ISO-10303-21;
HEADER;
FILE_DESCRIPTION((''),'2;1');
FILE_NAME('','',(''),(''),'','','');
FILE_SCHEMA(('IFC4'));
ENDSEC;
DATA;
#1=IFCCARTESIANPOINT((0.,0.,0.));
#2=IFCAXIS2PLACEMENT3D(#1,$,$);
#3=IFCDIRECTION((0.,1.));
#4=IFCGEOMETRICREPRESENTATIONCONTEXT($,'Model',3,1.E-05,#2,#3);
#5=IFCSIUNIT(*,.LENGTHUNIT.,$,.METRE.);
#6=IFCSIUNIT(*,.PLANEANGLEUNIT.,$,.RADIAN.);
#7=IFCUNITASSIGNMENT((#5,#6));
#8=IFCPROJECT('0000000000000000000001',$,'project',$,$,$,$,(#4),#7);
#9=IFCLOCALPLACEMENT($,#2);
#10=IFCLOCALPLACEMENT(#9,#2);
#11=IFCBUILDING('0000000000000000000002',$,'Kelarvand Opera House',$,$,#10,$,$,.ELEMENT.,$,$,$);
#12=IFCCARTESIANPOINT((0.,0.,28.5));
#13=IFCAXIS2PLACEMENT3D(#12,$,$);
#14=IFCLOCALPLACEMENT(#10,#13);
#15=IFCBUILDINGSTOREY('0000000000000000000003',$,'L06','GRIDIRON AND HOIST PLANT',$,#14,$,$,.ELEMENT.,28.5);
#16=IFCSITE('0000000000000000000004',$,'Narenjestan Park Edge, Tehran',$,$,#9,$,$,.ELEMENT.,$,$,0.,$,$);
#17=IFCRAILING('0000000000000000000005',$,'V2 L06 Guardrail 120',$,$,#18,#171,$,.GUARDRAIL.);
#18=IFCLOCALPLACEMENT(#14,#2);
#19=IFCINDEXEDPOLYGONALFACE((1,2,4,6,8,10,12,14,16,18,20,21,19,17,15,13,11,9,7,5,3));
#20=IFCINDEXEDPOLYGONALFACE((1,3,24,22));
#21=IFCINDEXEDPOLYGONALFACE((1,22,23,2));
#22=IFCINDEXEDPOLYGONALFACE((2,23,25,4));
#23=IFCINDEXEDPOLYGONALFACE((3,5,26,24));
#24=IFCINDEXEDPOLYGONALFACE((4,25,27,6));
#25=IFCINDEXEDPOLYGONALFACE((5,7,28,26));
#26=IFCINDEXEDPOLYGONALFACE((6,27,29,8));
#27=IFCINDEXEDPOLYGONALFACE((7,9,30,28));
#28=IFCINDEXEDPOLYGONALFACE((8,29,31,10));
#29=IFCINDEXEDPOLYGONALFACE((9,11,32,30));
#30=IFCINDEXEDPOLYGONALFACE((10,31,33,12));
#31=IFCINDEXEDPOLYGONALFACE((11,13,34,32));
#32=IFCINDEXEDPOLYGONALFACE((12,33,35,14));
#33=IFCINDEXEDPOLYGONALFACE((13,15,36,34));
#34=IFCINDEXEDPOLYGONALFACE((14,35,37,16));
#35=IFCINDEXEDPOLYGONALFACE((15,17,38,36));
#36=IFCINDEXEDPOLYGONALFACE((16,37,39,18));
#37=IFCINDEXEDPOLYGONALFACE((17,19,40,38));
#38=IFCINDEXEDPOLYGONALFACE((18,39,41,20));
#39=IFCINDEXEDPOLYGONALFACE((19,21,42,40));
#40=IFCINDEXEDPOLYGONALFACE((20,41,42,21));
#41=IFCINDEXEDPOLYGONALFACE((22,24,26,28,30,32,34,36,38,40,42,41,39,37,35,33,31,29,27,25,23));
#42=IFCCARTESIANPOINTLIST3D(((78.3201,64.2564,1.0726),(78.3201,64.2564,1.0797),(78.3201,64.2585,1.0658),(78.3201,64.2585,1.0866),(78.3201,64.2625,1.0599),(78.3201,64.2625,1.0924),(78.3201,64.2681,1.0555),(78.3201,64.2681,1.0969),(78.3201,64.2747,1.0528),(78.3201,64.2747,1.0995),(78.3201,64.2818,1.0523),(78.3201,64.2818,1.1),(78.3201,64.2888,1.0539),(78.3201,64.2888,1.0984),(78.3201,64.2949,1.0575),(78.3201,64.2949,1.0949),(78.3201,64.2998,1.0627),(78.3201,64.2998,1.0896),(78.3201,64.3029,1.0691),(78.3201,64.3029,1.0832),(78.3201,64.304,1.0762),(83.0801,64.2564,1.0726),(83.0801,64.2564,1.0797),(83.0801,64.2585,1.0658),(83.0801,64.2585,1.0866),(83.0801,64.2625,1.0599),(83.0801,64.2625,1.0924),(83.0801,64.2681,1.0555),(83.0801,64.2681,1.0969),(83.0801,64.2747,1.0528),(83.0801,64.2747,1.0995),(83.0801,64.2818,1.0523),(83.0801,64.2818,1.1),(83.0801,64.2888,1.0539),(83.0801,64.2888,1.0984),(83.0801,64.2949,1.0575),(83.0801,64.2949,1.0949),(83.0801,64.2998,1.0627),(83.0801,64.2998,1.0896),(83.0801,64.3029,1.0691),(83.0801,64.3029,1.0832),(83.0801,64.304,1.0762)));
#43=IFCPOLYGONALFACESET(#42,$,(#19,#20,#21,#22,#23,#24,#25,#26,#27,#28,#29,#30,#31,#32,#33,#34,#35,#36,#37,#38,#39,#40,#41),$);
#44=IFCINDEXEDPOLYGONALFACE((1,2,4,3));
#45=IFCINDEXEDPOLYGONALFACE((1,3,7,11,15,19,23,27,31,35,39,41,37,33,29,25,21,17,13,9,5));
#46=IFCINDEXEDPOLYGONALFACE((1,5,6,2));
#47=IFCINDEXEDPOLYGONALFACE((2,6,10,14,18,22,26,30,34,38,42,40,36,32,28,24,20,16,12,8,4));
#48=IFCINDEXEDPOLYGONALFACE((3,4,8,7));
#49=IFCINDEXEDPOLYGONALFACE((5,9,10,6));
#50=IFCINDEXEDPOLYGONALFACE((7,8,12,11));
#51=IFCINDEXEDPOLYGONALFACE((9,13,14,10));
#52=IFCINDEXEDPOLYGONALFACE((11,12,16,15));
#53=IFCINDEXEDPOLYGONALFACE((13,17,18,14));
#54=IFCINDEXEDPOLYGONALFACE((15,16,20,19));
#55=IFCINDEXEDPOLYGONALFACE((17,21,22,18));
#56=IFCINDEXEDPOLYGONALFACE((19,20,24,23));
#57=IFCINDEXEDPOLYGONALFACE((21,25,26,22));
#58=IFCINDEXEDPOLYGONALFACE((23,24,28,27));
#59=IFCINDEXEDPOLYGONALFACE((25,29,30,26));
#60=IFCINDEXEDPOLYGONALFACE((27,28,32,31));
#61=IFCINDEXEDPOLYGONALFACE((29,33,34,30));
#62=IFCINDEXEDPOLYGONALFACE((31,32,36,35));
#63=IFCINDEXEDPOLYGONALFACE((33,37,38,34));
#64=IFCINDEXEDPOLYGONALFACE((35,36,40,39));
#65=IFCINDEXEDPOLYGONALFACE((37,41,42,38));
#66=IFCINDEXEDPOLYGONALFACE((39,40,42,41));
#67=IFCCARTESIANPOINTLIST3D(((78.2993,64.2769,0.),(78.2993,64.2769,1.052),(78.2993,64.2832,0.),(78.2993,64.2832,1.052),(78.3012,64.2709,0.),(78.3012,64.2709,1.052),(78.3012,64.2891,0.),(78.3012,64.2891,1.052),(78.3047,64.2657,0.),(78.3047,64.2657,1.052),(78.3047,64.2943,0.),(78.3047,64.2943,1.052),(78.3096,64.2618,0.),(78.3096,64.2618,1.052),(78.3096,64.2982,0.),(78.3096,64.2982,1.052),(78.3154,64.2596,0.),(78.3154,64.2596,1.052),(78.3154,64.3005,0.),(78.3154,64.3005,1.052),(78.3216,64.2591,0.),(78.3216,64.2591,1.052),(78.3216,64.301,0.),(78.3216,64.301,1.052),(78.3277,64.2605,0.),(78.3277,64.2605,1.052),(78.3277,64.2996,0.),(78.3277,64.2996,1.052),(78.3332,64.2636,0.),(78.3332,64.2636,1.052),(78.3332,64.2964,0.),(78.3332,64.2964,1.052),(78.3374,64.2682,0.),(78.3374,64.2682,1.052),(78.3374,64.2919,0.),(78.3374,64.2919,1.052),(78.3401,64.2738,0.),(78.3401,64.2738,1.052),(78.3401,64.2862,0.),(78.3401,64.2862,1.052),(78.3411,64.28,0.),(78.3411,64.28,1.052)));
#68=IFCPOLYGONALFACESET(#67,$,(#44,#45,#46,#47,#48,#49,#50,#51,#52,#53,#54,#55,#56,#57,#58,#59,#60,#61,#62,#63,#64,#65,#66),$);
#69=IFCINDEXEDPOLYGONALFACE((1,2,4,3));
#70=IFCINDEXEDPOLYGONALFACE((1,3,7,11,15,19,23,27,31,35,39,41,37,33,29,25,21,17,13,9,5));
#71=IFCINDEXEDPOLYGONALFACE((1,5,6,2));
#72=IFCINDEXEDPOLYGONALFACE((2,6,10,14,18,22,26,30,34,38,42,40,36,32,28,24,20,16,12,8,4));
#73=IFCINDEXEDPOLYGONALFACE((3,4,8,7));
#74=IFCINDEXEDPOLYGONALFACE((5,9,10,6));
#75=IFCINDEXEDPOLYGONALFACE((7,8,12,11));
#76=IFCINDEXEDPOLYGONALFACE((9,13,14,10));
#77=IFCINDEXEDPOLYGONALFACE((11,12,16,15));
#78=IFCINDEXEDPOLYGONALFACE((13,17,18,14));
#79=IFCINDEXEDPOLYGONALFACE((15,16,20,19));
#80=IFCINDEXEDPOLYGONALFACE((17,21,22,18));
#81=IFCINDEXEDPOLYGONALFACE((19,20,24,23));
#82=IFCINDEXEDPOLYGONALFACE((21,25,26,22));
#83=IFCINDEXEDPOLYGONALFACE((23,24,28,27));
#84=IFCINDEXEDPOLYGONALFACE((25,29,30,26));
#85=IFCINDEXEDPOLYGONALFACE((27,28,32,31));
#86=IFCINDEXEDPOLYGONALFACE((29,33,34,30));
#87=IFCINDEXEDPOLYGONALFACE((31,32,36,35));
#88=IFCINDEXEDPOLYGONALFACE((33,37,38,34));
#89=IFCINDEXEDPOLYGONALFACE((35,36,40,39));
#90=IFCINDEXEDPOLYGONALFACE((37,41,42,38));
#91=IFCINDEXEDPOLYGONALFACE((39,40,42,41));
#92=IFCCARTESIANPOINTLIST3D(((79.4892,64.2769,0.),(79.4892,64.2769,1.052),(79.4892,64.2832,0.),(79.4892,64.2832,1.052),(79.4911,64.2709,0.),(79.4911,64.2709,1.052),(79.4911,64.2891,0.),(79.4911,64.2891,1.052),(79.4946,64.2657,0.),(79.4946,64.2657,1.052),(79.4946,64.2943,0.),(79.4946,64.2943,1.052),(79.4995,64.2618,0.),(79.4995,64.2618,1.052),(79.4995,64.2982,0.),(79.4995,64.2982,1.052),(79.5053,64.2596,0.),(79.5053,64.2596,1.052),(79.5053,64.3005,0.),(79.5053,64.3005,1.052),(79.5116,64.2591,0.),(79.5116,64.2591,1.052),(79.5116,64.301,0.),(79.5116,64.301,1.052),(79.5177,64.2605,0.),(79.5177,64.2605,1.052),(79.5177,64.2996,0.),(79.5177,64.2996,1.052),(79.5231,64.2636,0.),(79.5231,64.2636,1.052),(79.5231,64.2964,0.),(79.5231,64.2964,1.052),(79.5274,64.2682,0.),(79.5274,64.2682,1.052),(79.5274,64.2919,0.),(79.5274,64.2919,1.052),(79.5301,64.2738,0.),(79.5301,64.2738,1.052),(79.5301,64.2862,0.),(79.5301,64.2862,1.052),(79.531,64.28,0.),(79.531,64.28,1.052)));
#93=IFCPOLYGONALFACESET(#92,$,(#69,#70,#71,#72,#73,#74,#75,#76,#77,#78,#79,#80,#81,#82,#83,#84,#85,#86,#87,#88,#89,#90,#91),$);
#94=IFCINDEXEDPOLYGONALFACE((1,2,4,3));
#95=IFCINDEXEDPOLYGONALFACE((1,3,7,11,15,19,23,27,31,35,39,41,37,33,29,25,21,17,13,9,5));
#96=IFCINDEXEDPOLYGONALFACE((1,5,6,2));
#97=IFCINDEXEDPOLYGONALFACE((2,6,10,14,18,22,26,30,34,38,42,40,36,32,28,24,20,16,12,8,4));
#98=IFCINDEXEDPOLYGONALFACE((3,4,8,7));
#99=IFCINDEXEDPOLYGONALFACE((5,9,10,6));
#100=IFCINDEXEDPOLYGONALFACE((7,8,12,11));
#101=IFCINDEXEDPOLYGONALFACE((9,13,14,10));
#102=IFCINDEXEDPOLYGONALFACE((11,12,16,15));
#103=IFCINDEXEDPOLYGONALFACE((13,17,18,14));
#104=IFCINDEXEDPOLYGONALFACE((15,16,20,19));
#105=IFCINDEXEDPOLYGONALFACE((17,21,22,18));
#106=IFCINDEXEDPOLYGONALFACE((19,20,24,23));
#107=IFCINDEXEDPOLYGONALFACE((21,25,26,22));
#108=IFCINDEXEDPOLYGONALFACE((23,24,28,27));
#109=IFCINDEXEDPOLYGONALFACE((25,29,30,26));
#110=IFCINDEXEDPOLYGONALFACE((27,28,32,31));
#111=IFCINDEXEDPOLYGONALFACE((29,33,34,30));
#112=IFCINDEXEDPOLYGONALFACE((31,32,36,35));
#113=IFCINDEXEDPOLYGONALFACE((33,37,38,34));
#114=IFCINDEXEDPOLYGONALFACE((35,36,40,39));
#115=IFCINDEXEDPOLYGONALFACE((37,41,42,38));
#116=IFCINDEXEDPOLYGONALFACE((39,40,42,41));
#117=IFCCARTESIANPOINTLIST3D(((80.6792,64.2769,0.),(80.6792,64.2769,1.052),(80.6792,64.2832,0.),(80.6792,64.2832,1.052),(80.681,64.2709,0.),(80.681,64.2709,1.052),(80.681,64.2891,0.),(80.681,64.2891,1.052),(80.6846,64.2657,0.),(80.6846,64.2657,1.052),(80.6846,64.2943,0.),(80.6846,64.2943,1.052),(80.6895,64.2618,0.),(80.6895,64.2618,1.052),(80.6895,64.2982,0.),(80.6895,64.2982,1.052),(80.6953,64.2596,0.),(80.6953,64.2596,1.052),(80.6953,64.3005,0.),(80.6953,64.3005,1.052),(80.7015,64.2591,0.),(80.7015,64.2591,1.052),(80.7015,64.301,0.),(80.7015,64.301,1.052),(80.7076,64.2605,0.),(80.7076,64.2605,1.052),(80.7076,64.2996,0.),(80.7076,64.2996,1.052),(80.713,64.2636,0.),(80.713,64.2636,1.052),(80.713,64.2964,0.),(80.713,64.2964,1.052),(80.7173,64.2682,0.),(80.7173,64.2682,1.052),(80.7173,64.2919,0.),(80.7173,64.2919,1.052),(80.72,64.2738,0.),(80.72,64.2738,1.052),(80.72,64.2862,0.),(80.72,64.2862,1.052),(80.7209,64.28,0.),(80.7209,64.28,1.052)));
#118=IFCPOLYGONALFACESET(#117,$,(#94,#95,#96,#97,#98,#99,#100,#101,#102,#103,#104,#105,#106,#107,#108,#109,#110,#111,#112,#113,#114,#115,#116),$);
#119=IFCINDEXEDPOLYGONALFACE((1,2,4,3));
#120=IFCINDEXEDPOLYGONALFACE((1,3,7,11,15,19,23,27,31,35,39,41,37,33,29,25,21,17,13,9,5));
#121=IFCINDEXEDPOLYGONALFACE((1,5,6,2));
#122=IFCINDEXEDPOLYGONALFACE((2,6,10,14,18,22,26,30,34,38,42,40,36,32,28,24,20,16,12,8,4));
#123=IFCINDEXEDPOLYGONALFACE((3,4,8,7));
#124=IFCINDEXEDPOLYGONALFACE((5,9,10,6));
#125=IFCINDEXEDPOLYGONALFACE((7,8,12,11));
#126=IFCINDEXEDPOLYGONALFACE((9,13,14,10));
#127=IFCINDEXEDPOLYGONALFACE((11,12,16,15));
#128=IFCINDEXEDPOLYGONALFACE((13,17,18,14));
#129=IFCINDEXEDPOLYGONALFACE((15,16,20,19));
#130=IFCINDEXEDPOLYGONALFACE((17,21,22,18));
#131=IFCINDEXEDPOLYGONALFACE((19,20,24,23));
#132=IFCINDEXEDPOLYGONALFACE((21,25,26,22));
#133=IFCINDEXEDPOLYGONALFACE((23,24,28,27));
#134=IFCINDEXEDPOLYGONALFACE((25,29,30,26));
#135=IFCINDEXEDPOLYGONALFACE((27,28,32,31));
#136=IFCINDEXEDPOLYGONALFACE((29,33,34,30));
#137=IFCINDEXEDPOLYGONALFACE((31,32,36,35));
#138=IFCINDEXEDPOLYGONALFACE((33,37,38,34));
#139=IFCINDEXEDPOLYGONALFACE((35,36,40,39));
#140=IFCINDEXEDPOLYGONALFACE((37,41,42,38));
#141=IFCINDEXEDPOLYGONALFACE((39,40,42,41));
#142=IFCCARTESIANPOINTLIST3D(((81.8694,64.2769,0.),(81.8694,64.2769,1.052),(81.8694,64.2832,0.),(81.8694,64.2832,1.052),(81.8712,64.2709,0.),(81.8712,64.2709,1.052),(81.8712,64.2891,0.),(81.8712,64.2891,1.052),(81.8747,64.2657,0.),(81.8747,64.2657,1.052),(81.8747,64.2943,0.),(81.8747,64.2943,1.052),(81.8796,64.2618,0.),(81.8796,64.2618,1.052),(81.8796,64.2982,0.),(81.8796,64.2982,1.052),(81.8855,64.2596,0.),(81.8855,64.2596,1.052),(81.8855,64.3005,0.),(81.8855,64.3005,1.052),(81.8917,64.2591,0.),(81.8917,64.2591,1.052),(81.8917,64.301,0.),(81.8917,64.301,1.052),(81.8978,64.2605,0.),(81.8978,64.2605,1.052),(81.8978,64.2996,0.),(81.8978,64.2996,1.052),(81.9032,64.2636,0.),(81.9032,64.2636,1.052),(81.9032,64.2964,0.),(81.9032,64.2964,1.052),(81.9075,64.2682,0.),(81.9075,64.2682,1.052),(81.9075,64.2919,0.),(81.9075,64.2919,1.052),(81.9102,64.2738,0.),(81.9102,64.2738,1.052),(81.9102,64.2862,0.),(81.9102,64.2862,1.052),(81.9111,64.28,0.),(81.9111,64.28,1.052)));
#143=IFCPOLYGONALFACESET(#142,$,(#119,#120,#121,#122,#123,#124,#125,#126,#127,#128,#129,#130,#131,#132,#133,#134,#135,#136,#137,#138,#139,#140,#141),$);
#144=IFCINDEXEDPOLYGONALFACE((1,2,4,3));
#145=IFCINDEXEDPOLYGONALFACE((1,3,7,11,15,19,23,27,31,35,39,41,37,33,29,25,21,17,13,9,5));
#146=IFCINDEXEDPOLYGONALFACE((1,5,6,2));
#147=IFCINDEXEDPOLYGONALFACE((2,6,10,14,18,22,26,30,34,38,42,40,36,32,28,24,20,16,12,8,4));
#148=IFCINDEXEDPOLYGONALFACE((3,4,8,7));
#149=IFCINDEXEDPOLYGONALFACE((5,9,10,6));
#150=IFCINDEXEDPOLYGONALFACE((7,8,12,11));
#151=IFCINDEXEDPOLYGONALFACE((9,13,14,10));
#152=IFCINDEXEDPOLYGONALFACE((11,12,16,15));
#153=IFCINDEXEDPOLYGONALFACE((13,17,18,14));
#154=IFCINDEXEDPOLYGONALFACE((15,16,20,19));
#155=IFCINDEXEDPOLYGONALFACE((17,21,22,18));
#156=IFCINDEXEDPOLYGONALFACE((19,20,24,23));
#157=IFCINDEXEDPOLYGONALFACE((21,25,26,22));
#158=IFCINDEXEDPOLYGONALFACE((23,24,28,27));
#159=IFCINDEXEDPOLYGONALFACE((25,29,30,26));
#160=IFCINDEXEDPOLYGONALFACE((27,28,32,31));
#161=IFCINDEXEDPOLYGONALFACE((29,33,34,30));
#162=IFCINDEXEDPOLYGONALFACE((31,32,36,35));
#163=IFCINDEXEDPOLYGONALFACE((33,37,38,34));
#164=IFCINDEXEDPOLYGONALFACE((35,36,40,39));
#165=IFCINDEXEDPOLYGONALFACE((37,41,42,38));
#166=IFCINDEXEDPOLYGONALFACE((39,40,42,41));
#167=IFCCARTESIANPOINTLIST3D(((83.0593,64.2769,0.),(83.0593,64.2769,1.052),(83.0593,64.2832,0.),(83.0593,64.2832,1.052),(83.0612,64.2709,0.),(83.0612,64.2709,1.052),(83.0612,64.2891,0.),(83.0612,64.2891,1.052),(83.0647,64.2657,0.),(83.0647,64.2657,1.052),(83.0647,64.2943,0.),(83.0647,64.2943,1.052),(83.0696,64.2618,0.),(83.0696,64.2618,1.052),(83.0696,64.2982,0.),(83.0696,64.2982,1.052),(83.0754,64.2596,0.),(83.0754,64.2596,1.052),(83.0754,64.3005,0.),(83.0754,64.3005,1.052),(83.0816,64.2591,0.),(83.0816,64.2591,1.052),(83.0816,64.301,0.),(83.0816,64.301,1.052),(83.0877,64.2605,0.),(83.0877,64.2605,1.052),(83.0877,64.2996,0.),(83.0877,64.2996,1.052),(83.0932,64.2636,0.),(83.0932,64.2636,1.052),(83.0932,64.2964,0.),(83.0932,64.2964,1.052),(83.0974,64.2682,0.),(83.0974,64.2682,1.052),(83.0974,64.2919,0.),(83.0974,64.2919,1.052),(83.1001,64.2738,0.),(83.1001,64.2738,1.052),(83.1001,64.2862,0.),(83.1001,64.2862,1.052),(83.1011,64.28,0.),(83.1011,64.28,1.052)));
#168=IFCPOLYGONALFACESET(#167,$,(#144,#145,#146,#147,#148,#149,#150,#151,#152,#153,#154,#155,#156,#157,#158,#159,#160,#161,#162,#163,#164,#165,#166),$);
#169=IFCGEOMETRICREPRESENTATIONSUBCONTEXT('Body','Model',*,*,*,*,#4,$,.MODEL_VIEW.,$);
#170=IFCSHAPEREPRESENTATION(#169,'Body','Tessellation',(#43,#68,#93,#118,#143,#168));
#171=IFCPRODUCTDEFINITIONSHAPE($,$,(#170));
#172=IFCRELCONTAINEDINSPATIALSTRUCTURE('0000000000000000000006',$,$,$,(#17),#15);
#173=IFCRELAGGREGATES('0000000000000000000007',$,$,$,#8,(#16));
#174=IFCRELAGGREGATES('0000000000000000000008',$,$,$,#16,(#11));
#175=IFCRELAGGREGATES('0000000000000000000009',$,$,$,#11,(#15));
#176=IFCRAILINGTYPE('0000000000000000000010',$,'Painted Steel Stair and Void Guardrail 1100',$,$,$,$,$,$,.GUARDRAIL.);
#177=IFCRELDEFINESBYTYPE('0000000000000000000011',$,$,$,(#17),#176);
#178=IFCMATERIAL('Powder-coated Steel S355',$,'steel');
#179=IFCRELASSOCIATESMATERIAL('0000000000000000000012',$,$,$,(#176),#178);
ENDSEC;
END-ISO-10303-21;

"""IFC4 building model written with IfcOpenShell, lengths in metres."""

from ifc_helpers import new_model, si_unit, direction, frame, origin, origin_2d, place, context, subcontext, project, spatial, circle, extrude, material, type_object, element, save


model = new_model("IFC4")

# Units and contexts
model_context = context("Model", 3, precision=1e-05, world=origin(), true_north=direction((0.0, 1.0)))
body_context = subcontext(model_context, "Body", "Model", "MODEL_VIEW")
ifc_project = project(units=[si_unit("LENGTHUNIT", "METRE"), si_unit("PLANEANGLEUNIT", "RADIAN")], contexts=[model_context])

# Site, building, storey
site_placement = place(None, origin())
site = spatial("IfcSite", under=ifc_project, at=site_placement, Name="Narenjestan Park Edge, Tehran", CompositionType="ELEMENT", RefElevation=0.0)
building_placement = place(site_placement, origin())
building = spatial("IfcBuilding", under=site, at=building_placement, Name="Kelarvand Opera House", CompositionType="ELEMENT")
storey_placement = place(building_placement, frame((0.0, 0.0, 28.5)))
storey = spatial("IfcBuildingStorey", under=building, at=storey_placement, Name="L06", Description="GRIDIRON AND HOIST PLANT", CompositionType="ELEMENT", Elevation=28.5)

# Railing
ifc_material_1 = material(Name="Powder-coated Steel S355", Category="steel")
railing_type = type_object("IfcRailingType", Name="Painted Steel Stair and Void Guardrail 1100", PredefinedType="GUARDRAIL", material=ifc_material_1)
railing_placement = place(storey_placement, frame((78.3201, 64.28, 0.0)))
element("IfcRailing", 1, at=railing_placement, inside=storey, type_object=railing_type, Name="V2 L06 Guardrail 120", PredefinedType="GUARDRAIL", context=body_context, shape_type="SweptSolid", body=[
    extrude(circle(Radius=0.0239, at=origin_2d()), frame((0.0, 0.0, 1.0762), z_axis=(1.0, 0.0, 0.0), x_axis=(0.0, 1.0, 0.0)), (0.0, 0.0, 1.0), 4.76),
    extrude(circle(Radius=0.021, at=origin_2d()), origin(), (0.0, 0.0, 1.0), 1.052),
    extrude(circle(Radius=0.021, at=origin_2d()), frame((1.1899, 0.0, 0.0)), (0.0, 0.0, 1.0), 1.052),
    extrude(circle(Radius=0.021, at=origin_2d()), frame((2.3799, 0.0, 0.0)), (0.0, 0.0, 1.0), 1.052),
    extrude(circle(Radius=0.021, at=origin_2d()), frame((3.5701, 0.0, 0.0)), (0.0, 0.0, 1.0), 1.052),
    extrude(circle(Radius=0.021, at=origin_2d()), frame((4.76, 0.0, 0.0)), (0.0, 0.0, 1.0), 1.052),
])

save(model, "model.ifc")
